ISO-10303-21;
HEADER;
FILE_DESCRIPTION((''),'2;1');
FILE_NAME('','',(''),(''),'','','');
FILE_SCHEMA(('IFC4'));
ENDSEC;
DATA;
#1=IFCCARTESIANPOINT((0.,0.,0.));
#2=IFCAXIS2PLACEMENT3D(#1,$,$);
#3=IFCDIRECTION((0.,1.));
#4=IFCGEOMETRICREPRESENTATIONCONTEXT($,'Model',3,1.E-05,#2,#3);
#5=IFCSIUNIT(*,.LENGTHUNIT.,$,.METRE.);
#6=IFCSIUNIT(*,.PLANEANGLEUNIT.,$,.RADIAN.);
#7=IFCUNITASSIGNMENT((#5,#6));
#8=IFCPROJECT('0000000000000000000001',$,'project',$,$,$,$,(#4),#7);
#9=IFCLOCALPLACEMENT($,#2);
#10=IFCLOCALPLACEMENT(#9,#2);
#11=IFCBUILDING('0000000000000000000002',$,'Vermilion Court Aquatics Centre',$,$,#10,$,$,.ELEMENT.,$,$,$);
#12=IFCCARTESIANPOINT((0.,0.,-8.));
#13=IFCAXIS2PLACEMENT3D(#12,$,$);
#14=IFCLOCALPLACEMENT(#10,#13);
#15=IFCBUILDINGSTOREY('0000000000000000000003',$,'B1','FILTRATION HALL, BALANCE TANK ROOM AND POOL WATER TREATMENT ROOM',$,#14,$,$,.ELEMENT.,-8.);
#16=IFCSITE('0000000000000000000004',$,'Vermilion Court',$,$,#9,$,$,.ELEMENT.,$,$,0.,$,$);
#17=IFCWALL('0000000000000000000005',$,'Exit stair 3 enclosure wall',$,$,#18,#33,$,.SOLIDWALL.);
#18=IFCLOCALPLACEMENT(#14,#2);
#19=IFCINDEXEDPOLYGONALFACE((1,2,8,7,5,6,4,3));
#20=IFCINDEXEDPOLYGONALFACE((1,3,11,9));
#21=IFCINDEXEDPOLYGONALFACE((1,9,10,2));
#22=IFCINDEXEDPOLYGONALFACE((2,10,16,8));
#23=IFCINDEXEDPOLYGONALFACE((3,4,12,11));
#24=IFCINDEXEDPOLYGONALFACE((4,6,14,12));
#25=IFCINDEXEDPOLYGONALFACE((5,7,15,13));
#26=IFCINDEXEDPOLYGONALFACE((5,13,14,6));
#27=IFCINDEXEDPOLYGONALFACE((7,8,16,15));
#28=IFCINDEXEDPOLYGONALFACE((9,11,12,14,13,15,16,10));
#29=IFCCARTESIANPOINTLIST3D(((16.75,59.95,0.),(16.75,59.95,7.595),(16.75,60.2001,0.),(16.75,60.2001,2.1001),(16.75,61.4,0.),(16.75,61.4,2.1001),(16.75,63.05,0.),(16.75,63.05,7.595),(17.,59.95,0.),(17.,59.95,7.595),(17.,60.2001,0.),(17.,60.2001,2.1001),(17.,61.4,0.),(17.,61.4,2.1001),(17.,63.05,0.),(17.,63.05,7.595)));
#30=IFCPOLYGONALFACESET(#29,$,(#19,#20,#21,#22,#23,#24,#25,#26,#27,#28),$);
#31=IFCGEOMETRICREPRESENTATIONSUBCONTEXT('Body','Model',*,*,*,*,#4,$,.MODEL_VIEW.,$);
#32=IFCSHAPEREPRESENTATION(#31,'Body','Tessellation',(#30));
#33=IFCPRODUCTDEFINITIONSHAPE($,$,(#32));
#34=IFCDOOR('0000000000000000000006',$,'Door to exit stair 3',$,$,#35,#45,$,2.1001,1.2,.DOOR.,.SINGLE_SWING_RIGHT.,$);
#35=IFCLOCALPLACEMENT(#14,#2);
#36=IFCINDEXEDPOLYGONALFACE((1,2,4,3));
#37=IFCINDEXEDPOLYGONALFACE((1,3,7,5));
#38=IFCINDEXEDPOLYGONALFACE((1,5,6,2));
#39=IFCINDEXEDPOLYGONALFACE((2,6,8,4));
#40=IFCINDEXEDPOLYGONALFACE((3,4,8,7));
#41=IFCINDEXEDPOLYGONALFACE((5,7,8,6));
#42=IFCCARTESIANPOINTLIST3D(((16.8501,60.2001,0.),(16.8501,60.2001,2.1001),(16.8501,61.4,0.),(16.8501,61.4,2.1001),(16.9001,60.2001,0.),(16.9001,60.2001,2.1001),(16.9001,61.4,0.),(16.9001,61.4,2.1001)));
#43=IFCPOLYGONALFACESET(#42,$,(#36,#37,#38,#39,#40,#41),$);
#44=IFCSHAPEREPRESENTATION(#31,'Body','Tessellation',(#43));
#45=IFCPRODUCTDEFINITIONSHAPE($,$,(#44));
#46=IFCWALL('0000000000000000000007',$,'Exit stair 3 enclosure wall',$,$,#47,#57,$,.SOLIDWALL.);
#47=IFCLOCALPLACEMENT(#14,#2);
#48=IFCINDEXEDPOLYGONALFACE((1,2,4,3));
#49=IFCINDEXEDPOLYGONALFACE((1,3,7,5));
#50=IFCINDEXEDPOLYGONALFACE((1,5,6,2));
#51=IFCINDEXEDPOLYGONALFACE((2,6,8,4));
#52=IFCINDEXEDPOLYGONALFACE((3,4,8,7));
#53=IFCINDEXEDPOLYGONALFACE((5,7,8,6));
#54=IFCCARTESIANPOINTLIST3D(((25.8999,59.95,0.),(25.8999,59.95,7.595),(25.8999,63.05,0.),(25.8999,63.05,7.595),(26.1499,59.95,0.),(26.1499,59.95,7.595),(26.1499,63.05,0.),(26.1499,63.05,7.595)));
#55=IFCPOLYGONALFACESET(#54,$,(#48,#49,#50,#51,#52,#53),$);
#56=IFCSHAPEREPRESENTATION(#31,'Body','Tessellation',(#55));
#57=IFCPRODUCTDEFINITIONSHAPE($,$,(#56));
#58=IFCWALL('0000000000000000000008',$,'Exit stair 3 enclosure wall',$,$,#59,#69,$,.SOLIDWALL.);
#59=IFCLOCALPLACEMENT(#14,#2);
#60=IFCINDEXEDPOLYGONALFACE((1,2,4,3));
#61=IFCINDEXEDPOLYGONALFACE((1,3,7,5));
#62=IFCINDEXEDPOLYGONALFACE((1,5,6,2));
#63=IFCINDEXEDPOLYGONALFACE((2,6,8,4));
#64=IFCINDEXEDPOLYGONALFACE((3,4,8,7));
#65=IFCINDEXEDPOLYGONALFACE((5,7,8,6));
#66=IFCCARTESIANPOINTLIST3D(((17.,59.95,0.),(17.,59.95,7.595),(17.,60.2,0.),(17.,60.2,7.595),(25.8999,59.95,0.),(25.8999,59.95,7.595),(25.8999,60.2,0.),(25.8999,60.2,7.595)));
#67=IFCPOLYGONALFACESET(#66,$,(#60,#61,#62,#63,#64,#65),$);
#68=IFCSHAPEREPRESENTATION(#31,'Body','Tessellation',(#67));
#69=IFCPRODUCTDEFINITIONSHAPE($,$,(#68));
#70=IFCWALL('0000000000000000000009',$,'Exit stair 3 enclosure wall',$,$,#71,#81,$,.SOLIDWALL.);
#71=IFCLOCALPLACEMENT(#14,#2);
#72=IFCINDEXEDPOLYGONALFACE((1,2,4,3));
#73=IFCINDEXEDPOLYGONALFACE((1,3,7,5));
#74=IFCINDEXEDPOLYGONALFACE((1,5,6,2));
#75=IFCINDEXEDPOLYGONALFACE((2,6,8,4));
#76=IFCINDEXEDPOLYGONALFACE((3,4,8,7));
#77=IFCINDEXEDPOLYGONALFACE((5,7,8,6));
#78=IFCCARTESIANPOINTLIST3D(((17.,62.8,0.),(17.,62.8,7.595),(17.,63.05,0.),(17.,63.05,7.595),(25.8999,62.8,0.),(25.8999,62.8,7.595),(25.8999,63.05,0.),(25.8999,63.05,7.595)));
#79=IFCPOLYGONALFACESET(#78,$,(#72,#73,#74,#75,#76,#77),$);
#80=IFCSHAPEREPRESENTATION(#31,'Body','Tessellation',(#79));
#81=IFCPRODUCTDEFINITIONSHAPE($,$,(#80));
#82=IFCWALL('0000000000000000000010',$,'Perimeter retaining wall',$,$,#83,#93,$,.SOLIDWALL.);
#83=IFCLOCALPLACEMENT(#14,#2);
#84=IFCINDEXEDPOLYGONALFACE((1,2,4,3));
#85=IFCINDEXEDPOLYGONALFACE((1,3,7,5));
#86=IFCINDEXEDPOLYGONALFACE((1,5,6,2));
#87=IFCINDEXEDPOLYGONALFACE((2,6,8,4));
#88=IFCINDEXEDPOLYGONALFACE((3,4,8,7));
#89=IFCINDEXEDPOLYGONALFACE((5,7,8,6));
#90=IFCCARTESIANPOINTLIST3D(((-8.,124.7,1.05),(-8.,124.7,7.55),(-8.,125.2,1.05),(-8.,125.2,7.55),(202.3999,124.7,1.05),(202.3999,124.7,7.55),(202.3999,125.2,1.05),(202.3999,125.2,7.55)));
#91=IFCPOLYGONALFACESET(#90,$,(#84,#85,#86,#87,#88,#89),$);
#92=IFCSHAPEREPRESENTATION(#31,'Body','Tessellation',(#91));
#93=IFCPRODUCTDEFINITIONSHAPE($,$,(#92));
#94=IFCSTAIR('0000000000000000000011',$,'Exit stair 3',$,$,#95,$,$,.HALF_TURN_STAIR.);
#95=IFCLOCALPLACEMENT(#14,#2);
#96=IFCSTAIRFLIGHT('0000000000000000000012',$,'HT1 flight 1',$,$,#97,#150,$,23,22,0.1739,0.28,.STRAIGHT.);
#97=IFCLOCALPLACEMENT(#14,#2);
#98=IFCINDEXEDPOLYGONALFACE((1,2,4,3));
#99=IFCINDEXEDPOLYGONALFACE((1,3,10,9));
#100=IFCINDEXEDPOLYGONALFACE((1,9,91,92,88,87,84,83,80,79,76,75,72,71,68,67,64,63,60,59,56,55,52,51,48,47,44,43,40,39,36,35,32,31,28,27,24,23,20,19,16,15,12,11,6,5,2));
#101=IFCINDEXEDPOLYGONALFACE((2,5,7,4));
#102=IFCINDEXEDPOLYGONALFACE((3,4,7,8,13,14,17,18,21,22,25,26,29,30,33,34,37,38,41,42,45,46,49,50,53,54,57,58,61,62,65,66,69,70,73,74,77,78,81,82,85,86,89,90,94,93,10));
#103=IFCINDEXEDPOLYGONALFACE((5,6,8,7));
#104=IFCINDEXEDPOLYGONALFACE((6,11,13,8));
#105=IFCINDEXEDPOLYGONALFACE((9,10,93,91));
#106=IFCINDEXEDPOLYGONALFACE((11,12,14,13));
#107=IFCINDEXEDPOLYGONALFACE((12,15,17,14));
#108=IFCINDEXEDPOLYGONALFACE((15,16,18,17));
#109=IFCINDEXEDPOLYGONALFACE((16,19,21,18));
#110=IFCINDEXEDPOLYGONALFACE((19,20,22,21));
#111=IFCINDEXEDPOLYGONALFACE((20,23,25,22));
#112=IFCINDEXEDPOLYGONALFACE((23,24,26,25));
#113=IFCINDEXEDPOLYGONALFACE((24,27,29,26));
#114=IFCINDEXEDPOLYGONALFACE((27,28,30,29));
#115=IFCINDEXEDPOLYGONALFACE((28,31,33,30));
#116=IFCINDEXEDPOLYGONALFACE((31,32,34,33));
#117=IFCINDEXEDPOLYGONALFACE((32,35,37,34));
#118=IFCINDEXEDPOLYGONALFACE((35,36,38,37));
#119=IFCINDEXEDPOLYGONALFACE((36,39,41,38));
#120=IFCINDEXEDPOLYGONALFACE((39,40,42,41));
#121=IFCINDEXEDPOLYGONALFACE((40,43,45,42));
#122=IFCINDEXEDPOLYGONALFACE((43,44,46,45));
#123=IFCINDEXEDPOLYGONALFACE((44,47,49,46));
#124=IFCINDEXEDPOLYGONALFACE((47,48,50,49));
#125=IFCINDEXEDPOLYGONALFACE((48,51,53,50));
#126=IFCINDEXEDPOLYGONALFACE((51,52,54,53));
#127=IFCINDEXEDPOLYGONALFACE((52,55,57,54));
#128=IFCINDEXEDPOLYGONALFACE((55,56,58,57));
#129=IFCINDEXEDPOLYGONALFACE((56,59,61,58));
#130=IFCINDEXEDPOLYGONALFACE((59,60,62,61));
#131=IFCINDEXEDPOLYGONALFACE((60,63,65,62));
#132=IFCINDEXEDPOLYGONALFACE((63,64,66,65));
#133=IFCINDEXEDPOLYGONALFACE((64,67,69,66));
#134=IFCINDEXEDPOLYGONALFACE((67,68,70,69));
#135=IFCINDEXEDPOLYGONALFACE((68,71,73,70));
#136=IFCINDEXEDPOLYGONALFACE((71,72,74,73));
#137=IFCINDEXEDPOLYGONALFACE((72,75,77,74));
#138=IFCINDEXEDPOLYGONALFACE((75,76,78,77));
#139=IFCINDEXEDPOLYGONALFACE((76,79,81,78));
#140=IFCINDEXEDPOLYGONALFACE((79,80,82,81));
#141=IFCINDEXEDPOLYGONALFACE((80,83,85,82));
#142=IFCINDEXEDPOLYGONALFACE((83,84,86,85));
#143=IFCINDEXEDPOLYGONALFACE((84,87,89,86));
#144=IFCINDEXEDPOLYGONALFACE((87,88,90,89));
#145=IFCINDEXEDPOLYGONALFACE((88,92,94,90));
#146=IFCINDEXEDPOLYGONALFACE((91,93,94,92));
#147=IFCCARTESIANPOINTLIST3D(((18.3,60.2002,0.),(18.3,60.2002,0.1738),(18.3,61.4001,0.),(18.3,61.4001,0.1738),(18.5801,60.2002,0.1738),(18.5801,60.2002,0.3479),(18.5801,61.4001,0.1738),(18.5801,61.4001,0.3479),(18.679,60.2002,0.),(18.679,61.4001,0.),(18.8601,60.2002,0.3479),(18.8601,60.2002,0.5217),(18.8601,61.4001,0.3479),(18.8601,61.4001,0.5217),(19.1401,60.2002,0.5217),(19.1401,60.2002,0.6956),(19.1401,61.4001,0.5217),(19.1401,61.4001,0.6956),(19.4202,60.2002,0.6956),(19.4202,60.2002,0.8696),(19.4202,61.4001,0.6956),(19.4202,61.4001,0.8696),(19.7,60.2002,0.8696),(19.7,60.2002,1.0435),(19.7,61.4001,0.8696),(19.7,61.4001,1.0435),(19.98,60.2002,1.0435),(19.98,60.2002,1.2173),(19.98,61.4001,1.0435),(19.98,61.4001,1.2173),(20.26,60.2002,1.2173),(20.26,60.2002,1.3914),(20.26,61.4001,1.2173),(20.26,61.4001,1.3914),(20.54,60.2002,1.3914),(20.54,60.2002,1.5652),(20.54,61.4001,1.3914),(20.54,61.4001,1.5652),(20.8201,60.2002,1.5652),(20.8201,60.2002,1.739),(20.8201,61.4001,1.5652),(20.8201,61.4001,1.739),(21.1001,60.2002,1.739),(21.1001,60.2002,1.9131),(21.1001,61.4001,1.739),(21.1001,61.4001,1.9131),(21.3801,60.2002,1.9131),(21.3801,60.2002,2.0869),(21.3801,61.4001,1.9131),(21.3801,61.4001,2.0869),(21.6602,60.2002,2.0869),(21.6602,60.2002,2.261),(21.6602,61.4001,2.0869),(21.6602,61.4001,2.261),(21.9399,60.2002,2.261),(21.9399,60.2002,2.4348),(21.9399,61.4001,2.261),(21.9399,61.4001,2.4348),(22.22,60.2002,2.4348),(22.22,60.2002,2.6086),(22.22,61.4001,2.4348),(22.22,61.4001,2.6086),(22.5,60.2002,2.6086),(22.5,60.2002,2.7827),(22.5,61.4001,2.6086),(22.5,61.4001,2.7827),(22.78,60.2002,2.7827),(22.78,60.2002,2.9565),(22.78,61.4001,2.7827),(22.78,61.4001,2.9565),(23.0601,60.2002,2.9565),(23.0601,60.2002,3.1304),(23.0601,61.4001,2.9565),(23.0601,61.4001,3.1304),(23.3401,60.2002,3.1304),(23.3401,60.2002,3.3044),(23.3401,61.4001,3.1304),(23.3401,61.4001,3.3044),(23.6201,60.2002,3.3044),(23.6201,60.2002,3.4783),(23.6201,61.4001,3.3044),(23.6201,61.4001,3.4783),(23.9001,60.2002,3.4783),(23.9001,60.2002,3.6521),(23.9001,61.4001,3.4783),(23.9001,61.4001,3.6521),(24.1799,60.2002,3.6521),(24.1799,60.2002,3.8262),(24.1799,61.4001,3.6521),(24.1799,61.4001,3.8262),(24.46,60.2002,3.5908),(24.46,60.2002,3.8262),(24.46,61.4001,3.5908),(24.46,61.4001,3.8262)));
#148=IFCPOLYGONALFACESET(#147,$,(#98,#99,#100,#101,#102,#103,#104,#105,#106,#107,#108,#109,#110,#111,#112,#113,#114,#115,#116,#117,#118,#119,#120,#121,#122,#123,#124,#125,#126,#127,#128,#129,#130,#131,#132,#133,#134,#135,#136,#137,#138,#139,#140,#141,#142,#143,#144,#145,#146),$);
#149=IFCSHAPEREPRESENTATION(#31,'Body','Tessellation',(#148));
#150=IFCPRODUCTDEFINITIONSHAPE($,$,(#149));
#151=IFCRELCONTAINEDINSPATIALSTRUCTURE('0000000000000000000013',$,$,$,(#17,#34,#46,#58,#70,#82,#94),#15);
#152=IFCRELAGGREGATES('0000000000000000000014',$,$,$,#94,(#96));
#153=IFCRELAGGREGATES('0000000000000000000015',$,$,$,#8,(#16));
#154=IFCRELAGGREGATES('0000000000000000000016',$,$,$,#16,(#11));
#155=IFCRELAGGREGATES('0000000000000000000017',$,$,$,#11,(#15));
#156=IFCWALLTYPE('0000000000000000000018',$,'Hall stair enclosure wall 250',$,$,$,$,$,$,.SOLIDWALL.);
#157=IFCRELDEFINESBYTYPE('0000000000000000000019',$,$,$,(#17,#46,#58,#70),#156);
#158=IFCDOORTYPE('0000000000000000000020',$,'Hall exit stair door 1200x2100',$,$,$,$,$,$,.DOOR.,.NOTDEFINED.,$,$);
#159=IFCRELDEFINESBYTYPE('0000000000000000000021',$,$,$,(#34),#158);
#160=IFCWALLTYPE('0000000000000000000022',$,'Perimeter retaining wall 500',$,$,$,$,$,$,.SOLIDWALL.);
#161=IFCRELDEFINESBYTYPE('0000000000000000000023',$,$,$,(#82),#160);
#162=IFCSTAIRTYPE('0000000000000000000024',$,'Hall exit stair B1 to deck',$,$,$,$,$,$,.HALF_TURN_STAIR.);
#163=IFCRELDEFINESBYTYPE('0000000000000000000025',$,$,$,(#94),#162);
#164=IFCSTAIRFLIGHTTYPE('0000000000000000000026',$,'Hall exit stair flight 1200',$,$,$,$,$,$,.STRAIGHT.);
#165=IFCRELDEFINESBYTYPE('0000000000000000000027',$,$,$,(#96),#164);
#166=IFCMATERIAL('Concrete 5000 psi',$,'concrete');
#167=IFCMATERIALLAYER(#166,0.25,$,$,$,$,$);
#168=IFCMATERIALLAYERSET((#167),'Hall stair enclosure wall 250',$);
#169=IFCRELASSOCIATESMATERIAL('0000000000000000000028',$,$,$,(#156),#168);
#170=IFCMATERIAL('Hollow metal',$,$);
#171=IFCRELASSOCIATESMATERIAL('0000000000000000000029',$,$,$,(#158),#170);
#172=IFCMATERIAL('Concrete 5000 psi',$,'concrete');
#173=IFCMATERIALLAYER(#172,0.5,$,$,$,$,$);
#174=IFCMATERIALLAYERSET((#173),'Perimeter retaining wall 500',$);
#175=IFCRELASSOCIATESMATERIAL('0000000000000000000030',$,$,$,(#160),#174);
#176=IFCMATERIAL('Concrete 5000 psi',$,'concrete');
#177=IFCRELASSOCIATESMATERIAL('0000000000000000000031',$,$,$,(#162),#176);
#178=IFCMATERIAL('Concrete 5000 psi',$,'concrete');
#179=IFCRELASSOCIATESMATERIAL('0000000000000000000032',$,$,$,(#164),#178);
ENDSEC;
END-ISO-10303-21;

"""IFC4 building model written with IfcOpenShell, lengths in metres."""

from ifc_helpers import new_model, si_unit, direction, frame, frame_2d, origin, place, context, subcontext, project, spatial, polyline, rectangle, outline, extrude, material, layer, layer_set, type_object, element, fill, aggregate, save


model = new_model("IFC4")

# Units and contexts
model_context = context("Model", 3, precision=1e-05, world=origin(), true_north=direction((0.0, 1.0)))
body_context = subcontext(model_context, "Body", "Model", "MODEL_VIEW")
ifc_project = project(units=[si_unit("LENGTHUNIT", "METRE"), si_unit("PLANEANGLEUNIT", "RADIAN")], contexts=[model_context])

# Site, building, storey
site_placement = place(None, origin())
site = spatial("IfcSite", under=ifc_project, at=site_placement, Name="Vermilion Court", CompositionType="ELEMENT", RefElevation=0.0)
building_placement = place(site_placement, origin())
building = spatial("IfcBuilding", under=site, at=building_placement, Name="Vermilion Court Aquatics Centre", CompositionType="ELEMENT")
storey_placement = place(building_placement, frame((0.0, 0.0, -8.0)))
storey = spatial("IfcBuildingStorey", under=building, at=storey_placement, Name="B1", Description="FILTRATION HALL, BALANCE TANK ROOM AND POOL WATER TREATMENT ROOM", CompositionType="ELEMENT", Elevation=-8.0)

# Wall, opening, door
ifc_material_1 = material(Name="Concrete 5000 psi", Category="concrete")
ifc_layer_1 = layer(ifc_material_1, 0.25)
ifc_layer_set_1 = layer_set([ifc_layer_1], Name="Hall stair enclosure wall 250")
wall_type_1 = type_object("IfcWallType", Name="Hall stair enclosure wall 250", PredefinedType="SOLIDWALL", material=ifc_layer_set_1)
wall_1_placement = place(storey_placement, frame((16.875, 59.95, 0.0), z_axis=(0.0, 0.0, 1.0), x_axis=(0.0, 1.0, 0.0)))
wall_1 = element("IfcWall", 1, at=wall_1_placement, inside=storey, type_object=wall_type_1, Name="Exit stair 3 enclosure wall", PredefinedType="SOLIDWALL", context=body_context, shape_type="SweptSolid", body=[
    extrude(rectangle(XDim=3.1001, YDim=0.25, at=frame_2d((1.55, 0.0))), origin(), (0.0, 0.0, 1.0), 7.595),
])
opening_placement = place(wall_1_placement, frame((0.25, 0.0, 0.0)))
opening = element("IfcOpeningElement", 2, at=opening_placement, cuts=wall_1, PredefinedType="OPENING", context=body_context, shape_type="SweptSolid", body=[
    extrude(rectangle(XDim=1.2, YDim=2.1001, at=frame_2d((0.6001, 1.05))), frame((0.0, 0.135, 0.0), z_axis=(0.0, -1.0, 0.0), x_axis=(1.0, 0.0, 0.0)), (0.0, 0.0, 1.0), 0.27),
])
ifc_material_2 = material(Name="Hollow metal")
door_type = type_object("IfcDoorType", Name="Hall exit stair door 1200x2100", OperationType="NOTDEFINED", PredefinedType="DOOR", material=ifc_material_2)
door_placement = place(opening_placement, frame((1.2, 0.0, 0.0), z_axis=(0.0, 0.0, 1.0), x_axis=(-1.0, 0.0, 0.0)))
door = element("IfcDoor", 3, at=door_placement, inside=storey, type_object=door_type, Name="Door to exit stair 3", OperationType="SINGLE_SWING_RIGHT", OverallHeight=2.1001, OverallWidth=1.2, PredefinedType="DOOR", context=body_context, shape_type="SweptSolid", body=[
    extrude(rectangle(XDim=1.2, YDim=2.1001, at=frame_2d((0.5999, 1.05))), frame((0.0, 0.0251, 0.0), z_axis=(0.0, -1.0, 0.0), x_axis=(1.0, 0.0, 0.0)), (0.0, 0.0, 1.0), 0.05),
])
fill(opening, door)

# Walls
wall_2_placement = place(storey_placement, frame((26.0249, 59.95, 0.0), z_axis=(0.0, 0.0, 1.0), x_axis=(0.0, 1.0, 0.0)))
element("IfcWall", 4, at=wall_2_placement, inside=storey, type_object=wall_type_1, Name="Exit stair 3 enclosure wall", PredefinedType="SOLIDWALL", context=body_context, shape_type="SweptSolid", body=[
    extrude(rectangle(XDim=3.1001, YDim=0.25, at=frame_2d((1.55, 0.0))), origin(), (0.0, 0.0, 1.0), 7.595),
])
for number, where, z_axis, x_axis, name in (
    (5, (17.0, 60.075, 0.0), (0.0, 0.0, 1.0), (1.0, 0.0, 0.0), "Exit stair 3 enclosure wall"),
    (6, (17.0, 62.925, 0.0), (0.0, 0.0, 1.0), (1.0, 0.0, 0.0), "Exit stair 3 enclosure wall"),
):
    element("IfcWall", number, at=place(storey_placement, frame(where, z_axis=z_axis, x_axis=x_axis)), inside=storey, type_object=wall_type_1, Name=name, PredefinedType="SOLIDWALL", context=body_context, shape_type="SweptSolid", body=[
        extrude(rectangle(XDim=8.8999, YDim=0.25, at=frame_2d((4.45, 0.0))), origin(), (0.0, 0.0, 1.0), 7.595),
    ])
ifc_material_3 = material(Name="Concrete 5000 psi", Category="concrete")
ifc_layer_2 = layer(ifc_material_3, 0.5)
ifc_layer_set_2 = layer_set([ifc_layer_2], Name="Perimeter retaining wall 500")
wall_type_2 = type_object("IfcWallType", Name="Perimeter retaining wall 500", PredefinedType="SOLIDWALL", material=ifc_layer_set_2)
wall_3_placement = place(storey_placement, frame((-8.0, 124.95, 1.05), z_axis=(0.0, 0.0, 1.0), x_axis=(1.0, 0.0, 0.0)))
element("IfcWall", 7, at=wall_3_placement, inside=storey, type_object=wall_type_2, Name="Perimeter retaining wall", PredefinedType="SOLIDWALL", context=body_context, shape_type="SweptSolid", body=[
    extrude(rectangle(XDim=210.3999, YDim=0.5, at=frame_2d((105.2, 0.0))), origin(), (0.0, 0.0, 1.0), 6.5),
])

# Stair, stair flight
ifc_material_4 = material(Name="Concrete 5000 psi", Category="concrete")
stair_type = type_object("IfcStairType", Name="Hall exit stair B1 to deck", PredefinedType="HALF_TURN_STAIR", material=ifc_material_4)
stair_placement = place(storey_placement, origin())
stair = element("IfcStair", 8, at=stair_placement, inside=storey, type_object=stair_type, Name="Exit stair 3", PredefinedType="HALF_TURN_STAIR")
ifc_material_5 = material(Name="Concrete 5000 psi", Category="concrete")
stair_flight_type = type_object("IfcStairFlightType", Name="Hall exit stair flight 1200", PredefinedType="STRAIGHT", material=ifc_material_5)
stair_flight_1_placement = place(storey_placement, frame((18.3, 60.8, 0.0), z_axis=(0.0, 0.0, 1.0), x_axis=(1.0, 0.0, 0.0)))
stair_flight_1 = element("IfcStairFlight", 9, at=stair_flight_1_placement, type_object=stair_flight_type, Name="HT1 flight 1", NumberOfRisers=23, NumberOfTreads=22, PredefinedType="STRAIGHT", RiserHeight=0.1739, TreadLength=0.28, context=body_context, shape_type="SweptSolid", body=[
    extrude(outline(polyline([(0.0, 0.0), (0.0, 0.1738), (0.28, 0.1738), (0.28, 0.3479), (0.5601, 0.3479), (0.5601, 0.5217), (0.8401, 0.5217), (0.8401, 0.6956), (1.1201, 0.6956), (1.1201, 0.8696), (1.3999, 0.8696), (1.3999, 1.0435), (1.6799, 1.0435), (1.6799, 1.2173), (1.96, 1.2173), (1.96, 1.3914), (2.24, 1.3914), (2.24, 1.5652), (2.52, 1.5652), (2.52, 1.739), (2.8, 1.739), (2.8, 1.9131), (3.0801, 1.9131), (3.0801, 2.0869), (3.3601, 2.0869), (3.3601, 2.261), (3.6399, 2.261), (3.6399, 2.4348), (3.9199, 2.4348), (3.9199, 2.6086), (4.2, 2.6086), (4.2, 2.7827), (4.48, 2.7827), (4.48, 2.9565), (4.76, 2.9565), (4.76, 3.1304), (5.04, 3.1304), (5.04, 3.3044), (5.3201, 3.3044), (5.3201, 3.4783), (5.6001, 3.4783), (5.6001, 3.6521), (5.8799, 3.6521), (5.8799, 3.8262), (6.1599, 3.8262), (6.1599, 4.0), (6.1599, 3.5908), (0.3789, 0.0), (0.0, 0.0)])), frame((0.0, 0.6001, 0.0), z_axis=(0.0, -1.0, 0.0), x_axis=(1.0, 0.0, 0.0)), (0.0, 0.0, 1.0), 1.2),
])
aggregate(stair, [stair_flight_1])

save(model, "model.ifc")
